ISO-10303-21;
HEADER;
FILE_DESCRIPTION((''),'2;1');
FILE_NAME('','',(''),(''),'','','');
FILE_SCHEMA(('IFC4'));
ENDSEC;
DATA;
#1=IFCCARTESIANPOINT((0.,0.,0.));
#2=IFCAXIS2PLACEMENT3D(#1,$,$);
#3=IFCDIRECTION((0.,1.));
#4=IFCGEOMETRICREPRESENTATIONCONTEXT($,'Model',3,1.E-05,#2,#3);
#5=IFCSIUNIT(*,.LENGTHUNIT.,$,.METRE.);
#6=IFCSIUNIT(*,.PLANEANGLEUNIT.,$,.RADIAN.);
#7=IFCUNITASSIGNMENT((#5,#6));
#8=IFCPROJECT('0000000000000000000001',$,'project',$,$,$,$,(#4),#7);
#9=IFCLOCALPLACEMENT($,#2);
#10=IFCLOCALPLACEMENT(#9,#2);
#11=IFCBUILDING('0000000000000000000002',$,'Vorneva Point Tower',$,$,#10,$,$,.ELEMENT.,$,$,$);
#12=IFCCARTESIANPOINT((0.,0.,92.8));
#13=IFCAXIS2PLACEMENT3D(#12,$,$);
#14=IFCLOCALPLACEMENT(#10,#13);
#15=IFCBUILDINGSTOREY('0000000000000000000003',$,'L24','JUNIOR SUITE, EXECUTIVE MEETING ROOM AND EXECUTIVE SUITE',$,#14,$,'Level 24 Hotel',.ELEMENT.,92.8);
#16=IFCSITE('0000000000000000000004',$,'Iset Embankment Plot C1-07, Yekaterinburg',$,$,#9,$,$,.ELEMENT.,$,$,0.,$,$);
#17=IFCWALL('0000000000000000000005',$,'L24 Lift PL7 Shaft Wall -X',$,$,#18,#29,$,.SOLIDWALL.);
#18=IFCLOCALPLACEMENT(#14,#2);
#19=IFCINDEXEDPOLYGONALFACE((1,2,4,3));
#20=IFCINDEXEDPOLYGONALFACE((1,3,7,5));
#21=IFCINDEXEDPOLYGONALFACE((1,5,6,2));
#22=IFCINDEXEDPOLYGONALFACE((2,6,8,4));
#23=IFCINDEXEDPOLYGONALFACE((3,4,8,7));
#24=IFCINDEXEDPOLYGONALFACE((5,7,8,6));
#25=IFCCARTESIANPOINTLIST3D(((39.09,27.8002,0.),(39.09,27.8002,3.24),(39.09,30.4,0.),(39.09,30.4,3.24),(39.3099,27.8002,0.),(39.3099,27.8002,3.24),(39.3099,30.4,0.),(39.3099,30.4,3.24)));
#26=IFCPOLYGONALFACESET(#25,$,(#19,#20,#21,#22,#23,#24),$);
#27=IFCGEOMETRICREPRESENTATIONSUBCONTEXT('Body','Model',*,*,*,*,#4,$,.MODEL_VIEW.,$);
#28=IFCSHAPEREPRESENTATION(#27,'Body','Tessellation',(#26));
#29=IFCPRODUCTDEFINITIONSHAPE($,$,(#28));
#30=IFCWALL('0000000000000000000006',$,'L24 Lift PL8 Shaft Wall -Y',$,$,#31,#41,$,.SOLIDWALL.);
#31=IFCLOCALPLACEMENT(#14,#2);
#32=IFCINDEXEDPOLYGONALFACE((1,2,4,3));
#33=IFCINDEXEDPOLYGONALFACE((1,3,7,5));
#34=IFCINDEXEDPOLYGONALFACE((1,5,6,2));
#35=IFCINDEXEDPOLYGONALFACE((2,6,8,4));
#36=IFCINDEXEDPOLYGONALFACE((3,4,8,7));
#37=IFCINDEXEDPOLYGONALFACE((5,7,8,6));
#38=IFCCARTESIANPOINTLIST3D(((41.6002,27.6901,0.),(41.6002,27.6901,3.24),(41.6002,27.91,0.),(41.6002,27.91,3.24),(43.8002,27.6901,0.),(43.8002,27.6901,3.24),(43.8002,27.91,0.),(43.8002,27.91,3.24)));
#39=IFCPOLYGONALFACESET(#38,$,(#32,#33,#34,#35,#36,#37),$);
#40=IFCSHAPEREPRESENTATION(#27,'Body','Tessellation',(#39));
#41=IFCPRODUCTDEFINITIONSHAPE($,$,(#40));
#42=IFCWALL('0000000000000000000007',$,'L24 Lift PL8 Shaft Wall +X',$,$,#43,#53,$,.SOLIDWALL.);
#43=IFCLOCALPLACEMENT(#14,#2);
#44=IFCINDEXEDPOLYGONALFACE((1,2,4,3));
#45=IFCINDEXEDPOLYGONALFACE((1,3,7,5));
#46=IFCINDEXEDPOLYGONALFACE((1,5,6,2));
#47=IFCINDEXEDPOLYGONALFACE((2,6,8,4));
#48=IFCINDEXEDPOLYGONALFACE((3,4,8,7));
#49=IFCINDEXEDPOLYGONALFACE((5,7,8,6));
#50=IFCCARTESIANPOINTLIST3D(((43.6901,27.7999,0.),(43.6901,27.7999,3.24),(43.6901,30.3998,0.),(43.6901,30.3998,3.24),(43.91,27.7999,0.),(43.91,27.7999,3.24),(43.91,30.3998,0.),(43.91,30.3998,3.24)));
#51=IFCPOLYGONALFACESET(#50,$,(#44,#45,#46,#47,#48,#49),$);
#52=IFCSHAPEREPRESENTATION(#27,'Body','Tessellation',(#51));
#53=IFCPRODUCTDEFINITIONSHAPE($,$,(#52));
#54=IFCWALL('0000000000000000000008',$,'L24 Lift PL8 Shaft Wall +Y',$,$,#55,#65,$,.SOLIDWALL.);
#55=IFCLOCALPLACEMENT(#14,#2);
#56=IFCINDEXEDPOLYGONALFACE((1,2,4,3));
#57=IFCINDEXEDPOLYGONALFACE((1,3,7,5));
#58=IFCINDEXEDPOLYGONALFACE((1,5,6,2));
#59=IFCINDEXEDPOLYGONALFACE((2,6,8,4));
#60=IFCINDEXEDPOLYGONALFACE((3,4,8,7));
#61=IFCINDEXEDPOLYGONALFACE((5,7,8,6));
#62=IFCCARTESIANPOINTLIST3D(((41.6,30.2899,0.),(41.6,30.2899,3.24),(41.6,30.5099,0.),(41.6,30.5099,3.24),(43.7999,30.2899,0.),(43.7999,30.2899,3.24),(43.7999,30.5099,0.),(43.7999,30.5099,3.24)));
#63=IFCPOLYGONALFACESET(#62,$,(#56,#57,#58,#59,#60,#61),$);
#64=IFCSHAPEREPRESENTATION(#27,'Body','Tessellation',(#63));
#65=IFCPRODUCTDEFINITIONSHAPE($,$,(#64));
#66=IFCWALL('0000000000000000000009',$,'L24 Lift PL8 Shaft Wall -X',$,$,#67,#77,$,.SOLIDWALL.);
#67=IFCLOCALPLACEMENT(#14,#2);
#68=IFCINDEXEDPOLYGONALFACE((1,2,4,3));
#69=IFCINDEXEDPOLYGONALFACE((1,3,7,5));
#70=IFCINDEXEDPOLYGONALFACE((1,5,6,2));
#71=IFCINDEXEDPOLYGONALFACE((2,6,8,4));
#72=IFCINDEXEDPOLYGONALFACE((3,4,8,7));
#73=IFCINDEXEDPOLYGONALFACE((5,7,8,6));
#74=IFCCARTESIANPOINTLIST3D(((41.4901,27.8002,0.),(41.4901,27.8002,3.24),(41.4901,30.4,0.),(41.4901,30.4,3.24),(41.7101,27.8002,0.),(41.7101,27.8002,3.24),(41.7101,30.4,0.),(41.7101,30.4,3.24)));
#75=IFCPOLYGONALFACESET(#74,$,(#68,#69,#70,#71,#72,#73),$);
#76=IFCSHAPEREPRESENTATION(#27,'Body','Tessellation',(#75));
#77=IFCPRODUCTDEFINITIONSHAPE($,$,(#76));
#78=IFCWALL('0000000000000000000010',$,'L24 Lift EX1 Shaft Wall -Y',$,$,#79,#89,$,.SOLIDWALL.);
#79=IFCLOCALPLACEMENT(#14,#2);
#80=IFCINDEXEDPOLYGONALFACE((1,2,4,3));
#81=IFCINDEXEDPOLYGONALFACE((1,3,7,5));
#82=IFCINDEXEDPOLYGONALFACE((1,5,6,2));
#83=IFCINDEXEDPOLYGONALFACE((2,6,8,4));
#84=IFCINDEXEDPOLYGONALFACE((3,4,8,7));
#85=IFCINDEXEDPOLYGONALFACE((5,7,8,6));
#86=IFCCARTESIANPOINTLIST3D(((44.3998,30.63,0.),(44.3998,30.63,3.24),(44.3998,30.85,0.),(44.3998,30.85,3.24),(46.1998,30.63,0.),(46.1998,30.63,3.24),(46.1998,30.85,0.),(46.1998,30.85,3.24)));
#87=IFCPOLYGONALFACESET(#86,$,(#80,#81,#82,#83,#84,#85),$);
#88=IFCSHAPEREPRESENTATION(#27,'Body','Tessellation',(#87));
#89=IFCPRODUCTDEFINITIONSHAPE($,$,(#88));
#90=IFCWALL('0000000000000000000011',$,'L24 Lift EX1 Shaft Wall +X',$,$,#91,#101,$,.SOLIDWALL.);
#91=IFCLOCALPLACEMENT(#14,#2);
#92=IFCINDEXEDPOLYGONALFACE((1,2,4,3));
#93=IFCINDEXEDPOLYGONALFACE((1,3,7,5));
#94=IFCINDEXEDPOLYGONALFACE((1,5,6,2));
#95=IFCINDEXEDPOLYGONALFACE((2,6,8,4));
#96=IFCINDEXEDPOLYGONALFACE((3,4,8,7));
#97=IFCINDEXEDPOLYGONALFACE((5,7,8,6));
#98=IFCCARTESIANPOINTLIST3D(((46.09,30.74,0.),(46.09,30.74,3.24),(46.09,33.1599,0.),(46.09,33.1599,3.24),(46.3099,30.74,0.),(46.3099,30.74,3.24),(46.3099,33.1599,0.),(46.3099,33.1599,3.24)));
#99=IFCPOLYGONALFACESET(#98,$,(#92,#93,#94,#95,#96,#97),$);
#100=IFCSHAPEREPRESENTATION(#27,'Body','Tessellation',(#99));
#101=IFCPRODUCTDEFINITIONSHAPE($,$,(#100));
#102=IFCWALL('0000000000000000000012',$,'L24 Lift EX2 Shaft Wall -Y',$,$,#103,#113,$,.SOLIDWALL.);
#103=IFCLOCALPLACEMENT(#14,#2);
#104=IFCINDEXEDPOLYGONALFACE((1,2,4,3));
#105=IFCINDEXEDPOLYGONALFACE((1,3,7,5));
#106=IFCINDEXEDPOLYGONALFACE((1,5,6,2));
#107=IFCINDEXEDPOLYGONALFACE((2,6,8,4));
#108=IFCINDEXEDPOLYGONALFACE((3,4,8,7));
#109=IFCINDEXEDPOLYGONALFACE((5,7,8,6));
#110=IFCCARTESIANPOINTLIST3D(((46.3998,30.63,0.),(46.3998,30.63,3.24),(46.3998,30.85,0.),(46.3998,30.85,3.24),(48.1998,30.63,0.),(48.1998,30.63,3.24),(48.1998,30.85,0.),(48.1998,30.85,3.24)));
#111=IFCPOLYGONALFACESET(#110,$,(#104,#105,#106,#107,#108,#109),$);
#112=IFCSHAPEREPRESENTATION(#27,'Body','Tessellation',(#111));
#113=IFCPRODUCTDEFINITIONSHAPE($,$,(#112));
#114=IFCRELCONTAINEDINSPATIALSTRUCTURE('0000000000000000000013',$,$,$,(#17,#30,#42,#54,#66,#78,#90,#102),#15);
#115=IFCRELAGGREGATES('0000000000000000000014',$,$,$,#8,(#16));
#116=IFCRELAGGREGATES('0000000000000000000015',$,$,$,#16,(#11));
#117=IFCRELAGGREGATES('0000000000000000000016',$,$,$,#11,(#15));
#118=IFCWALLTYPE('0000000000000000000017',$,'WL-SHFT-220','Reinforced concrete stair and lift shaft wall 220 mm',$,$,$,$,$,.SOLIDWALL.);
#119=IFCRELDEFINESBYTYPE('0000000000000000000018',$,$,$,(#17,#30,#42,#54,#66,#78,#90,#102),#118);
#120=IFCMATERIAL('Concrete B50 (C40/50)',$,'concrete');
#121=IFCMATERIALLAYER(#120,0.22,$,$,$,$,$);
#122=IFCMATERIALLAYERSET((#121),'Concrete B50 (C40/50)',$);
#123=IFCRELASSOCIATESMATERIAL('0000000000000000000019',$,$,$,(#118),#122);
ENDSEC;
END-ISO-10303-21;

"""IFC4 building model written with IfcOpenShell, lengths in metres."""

from ifc_helpers import new_model, si_unit, direction, frame, frame_2d, origin, place, context, subcontext, project, spatial, rectangle, extrude, material, layer, layer_set, type_object, element, save


model = new_model("IFC4")

# Units and contexts
model_context = context("Model", 3, precision=1e-05, world=origin(), true_north=direction((0.0, 1.0)))
body_context = subcontext(model_context, "Body", "Model", "MODEL_VIEW")
ifc_project = project(units=[si_unit("LENGTHUNIT", "METRE"), si_unit("PLANEANGLEUNIT", "RADIAN")], contexts=[model_context])

# Site, building, storey
site_placement = place(None, origin())
site = spatial("IfcSite", under=ifc_project, at=site_placement, Name="Iset Embankment Plot C1-07, Yekaterinburg", CompositionType="ELEMENT", RefElevation=0.0)
building_placement = place(site_placement, origin())
building = spatial("IfcBuilding", under=site, at=building_placement, Name="Vorneva Point Tower", CompositionType="ELEMENT")
storey_placement = place(building_placement, frame((0.0, 0.0, 92.8)))
storey = spatial("IfcBuildingStorey", under=building, at=storey_placement, Name="L24", Description="JUNIOR SUITE, EXECUTIVE MEETING ROOM AND EXECUTIVE SUITE", LongName="Level 24 Hotel", CompositionType="ELEMENT", Elevation=92.8)

# Walls
ifc_material_1 = material(Name="Concrete B50 (C40/50)", Category="concrete")
ifc_layer_1 = layer(ifc_material_1, 0.22)
ifc_layer_set_1 = layer_set([ifc_layer_1], Name="Concrete B50 (C40/50)")
wall_type_1 = type_object("IfcWallType", Name="WL-SHFT-220", Description="Reinforced concrete stair and lift shaft wall 220 mm", PredefinedType="SOLIDWALL", material=ifc_layer_set_1)
wall_1_placement = place(storey_placement, frame((39.2, 30.3999, 0.0), z_axis=(0.0, 0.0, 1.0), x_axis=(0.0, -1.0, 0.0)))
element("IfcWall", 1, at=wall_1_placement, inside=storey, type_object=wall_type_1, Name="L24 Lift PL7 Shaft Wall -X", PredefinedType="SOLIDWALL", context=body_context, shape_type="SweptSolid", body=[
    extrude(rectangle(XDim=2.5999, YDim=0.22, at=frame_2d((1.2998, 0.0))), origin(), (0.0, 0.0, 1.0), 3.24),
])
wall_2_placement = place(storey_placement, frame((41.6001, 27.8, 0.0), z_axis=(0.0, 0.0, 1.0), x_axis=(1.0, 0.0, 0.0)))
element("IfcWall", 2, at=wall_2_placement, inside=storey, type_object=wall_type_1, Name="L24 Lift PL8 Shaft Wall -Y", PredefinedType="SOLIDWALL", context=body_context, shape_type="SweptSolid", body=[
    extrude(rectangle(XDim=2.2, YDim=0.22, at=frame_2d((1.1001, 0.0))), origin(), (0.0, 0.0, 1.0), 3.24),
])
wall_3_placement = place(storey_placement, frame((43.8, 27.8, 0.0), z_axis=(0.0, 0.0, 1.0), x_axis=(0.0, 1.0, 0.0)))
element("IfcWall", 3, at=wall_3_placement, inside=storey, type_object=wall_type_1, Name="L24 Lift PL8 Shaft Wall +X", PredefinedType="SOLIDWALL", context=body_context, shape_type="SweptSolid", body=[
    extrude(rectangle(XDim=2.5999, YDim=0.22, at=frame_2d((1.2998, 0.0))), origin(), (0.0, 0.0, 1.0), 3.24),
])
wall_4_placement = place(storey_placement, frame((43.8, 30.3999, 0.0), z_axis=(0.0, 0.0, 1.0), x_axis=(-1.0, 0.0, 0.0)))
element("IfcWall", 4, at=wall_4_placement, inside=storey, type_object=wall_type_1, Name="L24 Lift PL8 Shaft Wall +Y", PredefinedType="SOLIDWALL", context=body_context, shape_type="SweptSolid", body=[
    extrude(rectangle(XDim=2.2, YDim=0.22, at=frame_2d((1.1001, 0.0))), origin(), (0.0, 0.0, 1.0), 3.24),
])
wall_5_placement = place(storey_placement, frame((41.6001, 30.3999, 0.0), z_axis=(0.0, 0.0, 1.0), x_axis=(0.0, -1.0, 0.0)))
element("IfcWall", 5, at=wall_5_placement, inside=storey, type_object=wall_type_1, Name="L24 Lift PL8 Shaft Wall -X", PredefinedType="SOLIDWALL", context=body_context, shape_type="SweptSolid", body=[
    extrude(rectangle(XDim=2.5999, YDim=0.22, at=frame_2d((1.2998, 0.0))), origin(), (0.0, 0.0, 1.0), 3.24),
])
wall_6_placement = place(storey_placement, frame((44.3999, 30.74, 0.0), z_axis=(0.0, 0.0, 1.0), x_axis=(1.0, 0.0, 0.0)))
element("IfcWall", 6, at=wall_6_placement, inside=storey, type_object=wall_type_1, Name="L24 Lift EX1 Shaft Wall -Y", PredefinedType="SOLIDWALL", context=body_context, shape_type="SweptSolid", body=[
    extrude(rectangle(XDim=1.8, YDim=0.22, at=frame_2d((0.8999, 0.0))), origin(), (0.0, 0.0, 1.0), 3.24),
])
wall_7_placement = place(storey_placement, frame((46.2, 30.74, 0.0), z_axis=(0.0, 0.0, 1.0), x_axis=(0.0, 1.0, 0.0)))
element("IfcWall", 7, at=wall_7_placement, inside=storey, type_object=wall_type_1, Name="L24 Lift EX1 Shaft Wall +X", PredefinedType="SOLIDWALL", context=body_context, shape_type="SweptSolid", body=[
    extrude(rectangle(XDim=2.4199, YDim=0.22, at=frame_2d((1.21, 0.0))), origin(), (0.0, 0.0, 1.0), 3.24),
])
wall_8_placement = place(storey_placement, frame((46.3999, 30.74, 0.0), z_axis=(0.0, 0.0, 1.0), x_axis=(1.0, 0.0, 0.0)))
element("IfcWall", 8, at=wall_8_placement, inside=storey, type_object=wall_type_1, Name="L24 Lift EX2 Shaft Wall -Y", PredefinedType="SOLIDWALL", context=body_context, shape_type="SweptSolid", body=[
    extrude(rectangle(XDim=1.8, YDim=0.22, at=frame_2d((0.8999, 0.0))), origin(), (0.0, 0.0, 1.0), 3.24),
])

save(model, "model.ifc")
